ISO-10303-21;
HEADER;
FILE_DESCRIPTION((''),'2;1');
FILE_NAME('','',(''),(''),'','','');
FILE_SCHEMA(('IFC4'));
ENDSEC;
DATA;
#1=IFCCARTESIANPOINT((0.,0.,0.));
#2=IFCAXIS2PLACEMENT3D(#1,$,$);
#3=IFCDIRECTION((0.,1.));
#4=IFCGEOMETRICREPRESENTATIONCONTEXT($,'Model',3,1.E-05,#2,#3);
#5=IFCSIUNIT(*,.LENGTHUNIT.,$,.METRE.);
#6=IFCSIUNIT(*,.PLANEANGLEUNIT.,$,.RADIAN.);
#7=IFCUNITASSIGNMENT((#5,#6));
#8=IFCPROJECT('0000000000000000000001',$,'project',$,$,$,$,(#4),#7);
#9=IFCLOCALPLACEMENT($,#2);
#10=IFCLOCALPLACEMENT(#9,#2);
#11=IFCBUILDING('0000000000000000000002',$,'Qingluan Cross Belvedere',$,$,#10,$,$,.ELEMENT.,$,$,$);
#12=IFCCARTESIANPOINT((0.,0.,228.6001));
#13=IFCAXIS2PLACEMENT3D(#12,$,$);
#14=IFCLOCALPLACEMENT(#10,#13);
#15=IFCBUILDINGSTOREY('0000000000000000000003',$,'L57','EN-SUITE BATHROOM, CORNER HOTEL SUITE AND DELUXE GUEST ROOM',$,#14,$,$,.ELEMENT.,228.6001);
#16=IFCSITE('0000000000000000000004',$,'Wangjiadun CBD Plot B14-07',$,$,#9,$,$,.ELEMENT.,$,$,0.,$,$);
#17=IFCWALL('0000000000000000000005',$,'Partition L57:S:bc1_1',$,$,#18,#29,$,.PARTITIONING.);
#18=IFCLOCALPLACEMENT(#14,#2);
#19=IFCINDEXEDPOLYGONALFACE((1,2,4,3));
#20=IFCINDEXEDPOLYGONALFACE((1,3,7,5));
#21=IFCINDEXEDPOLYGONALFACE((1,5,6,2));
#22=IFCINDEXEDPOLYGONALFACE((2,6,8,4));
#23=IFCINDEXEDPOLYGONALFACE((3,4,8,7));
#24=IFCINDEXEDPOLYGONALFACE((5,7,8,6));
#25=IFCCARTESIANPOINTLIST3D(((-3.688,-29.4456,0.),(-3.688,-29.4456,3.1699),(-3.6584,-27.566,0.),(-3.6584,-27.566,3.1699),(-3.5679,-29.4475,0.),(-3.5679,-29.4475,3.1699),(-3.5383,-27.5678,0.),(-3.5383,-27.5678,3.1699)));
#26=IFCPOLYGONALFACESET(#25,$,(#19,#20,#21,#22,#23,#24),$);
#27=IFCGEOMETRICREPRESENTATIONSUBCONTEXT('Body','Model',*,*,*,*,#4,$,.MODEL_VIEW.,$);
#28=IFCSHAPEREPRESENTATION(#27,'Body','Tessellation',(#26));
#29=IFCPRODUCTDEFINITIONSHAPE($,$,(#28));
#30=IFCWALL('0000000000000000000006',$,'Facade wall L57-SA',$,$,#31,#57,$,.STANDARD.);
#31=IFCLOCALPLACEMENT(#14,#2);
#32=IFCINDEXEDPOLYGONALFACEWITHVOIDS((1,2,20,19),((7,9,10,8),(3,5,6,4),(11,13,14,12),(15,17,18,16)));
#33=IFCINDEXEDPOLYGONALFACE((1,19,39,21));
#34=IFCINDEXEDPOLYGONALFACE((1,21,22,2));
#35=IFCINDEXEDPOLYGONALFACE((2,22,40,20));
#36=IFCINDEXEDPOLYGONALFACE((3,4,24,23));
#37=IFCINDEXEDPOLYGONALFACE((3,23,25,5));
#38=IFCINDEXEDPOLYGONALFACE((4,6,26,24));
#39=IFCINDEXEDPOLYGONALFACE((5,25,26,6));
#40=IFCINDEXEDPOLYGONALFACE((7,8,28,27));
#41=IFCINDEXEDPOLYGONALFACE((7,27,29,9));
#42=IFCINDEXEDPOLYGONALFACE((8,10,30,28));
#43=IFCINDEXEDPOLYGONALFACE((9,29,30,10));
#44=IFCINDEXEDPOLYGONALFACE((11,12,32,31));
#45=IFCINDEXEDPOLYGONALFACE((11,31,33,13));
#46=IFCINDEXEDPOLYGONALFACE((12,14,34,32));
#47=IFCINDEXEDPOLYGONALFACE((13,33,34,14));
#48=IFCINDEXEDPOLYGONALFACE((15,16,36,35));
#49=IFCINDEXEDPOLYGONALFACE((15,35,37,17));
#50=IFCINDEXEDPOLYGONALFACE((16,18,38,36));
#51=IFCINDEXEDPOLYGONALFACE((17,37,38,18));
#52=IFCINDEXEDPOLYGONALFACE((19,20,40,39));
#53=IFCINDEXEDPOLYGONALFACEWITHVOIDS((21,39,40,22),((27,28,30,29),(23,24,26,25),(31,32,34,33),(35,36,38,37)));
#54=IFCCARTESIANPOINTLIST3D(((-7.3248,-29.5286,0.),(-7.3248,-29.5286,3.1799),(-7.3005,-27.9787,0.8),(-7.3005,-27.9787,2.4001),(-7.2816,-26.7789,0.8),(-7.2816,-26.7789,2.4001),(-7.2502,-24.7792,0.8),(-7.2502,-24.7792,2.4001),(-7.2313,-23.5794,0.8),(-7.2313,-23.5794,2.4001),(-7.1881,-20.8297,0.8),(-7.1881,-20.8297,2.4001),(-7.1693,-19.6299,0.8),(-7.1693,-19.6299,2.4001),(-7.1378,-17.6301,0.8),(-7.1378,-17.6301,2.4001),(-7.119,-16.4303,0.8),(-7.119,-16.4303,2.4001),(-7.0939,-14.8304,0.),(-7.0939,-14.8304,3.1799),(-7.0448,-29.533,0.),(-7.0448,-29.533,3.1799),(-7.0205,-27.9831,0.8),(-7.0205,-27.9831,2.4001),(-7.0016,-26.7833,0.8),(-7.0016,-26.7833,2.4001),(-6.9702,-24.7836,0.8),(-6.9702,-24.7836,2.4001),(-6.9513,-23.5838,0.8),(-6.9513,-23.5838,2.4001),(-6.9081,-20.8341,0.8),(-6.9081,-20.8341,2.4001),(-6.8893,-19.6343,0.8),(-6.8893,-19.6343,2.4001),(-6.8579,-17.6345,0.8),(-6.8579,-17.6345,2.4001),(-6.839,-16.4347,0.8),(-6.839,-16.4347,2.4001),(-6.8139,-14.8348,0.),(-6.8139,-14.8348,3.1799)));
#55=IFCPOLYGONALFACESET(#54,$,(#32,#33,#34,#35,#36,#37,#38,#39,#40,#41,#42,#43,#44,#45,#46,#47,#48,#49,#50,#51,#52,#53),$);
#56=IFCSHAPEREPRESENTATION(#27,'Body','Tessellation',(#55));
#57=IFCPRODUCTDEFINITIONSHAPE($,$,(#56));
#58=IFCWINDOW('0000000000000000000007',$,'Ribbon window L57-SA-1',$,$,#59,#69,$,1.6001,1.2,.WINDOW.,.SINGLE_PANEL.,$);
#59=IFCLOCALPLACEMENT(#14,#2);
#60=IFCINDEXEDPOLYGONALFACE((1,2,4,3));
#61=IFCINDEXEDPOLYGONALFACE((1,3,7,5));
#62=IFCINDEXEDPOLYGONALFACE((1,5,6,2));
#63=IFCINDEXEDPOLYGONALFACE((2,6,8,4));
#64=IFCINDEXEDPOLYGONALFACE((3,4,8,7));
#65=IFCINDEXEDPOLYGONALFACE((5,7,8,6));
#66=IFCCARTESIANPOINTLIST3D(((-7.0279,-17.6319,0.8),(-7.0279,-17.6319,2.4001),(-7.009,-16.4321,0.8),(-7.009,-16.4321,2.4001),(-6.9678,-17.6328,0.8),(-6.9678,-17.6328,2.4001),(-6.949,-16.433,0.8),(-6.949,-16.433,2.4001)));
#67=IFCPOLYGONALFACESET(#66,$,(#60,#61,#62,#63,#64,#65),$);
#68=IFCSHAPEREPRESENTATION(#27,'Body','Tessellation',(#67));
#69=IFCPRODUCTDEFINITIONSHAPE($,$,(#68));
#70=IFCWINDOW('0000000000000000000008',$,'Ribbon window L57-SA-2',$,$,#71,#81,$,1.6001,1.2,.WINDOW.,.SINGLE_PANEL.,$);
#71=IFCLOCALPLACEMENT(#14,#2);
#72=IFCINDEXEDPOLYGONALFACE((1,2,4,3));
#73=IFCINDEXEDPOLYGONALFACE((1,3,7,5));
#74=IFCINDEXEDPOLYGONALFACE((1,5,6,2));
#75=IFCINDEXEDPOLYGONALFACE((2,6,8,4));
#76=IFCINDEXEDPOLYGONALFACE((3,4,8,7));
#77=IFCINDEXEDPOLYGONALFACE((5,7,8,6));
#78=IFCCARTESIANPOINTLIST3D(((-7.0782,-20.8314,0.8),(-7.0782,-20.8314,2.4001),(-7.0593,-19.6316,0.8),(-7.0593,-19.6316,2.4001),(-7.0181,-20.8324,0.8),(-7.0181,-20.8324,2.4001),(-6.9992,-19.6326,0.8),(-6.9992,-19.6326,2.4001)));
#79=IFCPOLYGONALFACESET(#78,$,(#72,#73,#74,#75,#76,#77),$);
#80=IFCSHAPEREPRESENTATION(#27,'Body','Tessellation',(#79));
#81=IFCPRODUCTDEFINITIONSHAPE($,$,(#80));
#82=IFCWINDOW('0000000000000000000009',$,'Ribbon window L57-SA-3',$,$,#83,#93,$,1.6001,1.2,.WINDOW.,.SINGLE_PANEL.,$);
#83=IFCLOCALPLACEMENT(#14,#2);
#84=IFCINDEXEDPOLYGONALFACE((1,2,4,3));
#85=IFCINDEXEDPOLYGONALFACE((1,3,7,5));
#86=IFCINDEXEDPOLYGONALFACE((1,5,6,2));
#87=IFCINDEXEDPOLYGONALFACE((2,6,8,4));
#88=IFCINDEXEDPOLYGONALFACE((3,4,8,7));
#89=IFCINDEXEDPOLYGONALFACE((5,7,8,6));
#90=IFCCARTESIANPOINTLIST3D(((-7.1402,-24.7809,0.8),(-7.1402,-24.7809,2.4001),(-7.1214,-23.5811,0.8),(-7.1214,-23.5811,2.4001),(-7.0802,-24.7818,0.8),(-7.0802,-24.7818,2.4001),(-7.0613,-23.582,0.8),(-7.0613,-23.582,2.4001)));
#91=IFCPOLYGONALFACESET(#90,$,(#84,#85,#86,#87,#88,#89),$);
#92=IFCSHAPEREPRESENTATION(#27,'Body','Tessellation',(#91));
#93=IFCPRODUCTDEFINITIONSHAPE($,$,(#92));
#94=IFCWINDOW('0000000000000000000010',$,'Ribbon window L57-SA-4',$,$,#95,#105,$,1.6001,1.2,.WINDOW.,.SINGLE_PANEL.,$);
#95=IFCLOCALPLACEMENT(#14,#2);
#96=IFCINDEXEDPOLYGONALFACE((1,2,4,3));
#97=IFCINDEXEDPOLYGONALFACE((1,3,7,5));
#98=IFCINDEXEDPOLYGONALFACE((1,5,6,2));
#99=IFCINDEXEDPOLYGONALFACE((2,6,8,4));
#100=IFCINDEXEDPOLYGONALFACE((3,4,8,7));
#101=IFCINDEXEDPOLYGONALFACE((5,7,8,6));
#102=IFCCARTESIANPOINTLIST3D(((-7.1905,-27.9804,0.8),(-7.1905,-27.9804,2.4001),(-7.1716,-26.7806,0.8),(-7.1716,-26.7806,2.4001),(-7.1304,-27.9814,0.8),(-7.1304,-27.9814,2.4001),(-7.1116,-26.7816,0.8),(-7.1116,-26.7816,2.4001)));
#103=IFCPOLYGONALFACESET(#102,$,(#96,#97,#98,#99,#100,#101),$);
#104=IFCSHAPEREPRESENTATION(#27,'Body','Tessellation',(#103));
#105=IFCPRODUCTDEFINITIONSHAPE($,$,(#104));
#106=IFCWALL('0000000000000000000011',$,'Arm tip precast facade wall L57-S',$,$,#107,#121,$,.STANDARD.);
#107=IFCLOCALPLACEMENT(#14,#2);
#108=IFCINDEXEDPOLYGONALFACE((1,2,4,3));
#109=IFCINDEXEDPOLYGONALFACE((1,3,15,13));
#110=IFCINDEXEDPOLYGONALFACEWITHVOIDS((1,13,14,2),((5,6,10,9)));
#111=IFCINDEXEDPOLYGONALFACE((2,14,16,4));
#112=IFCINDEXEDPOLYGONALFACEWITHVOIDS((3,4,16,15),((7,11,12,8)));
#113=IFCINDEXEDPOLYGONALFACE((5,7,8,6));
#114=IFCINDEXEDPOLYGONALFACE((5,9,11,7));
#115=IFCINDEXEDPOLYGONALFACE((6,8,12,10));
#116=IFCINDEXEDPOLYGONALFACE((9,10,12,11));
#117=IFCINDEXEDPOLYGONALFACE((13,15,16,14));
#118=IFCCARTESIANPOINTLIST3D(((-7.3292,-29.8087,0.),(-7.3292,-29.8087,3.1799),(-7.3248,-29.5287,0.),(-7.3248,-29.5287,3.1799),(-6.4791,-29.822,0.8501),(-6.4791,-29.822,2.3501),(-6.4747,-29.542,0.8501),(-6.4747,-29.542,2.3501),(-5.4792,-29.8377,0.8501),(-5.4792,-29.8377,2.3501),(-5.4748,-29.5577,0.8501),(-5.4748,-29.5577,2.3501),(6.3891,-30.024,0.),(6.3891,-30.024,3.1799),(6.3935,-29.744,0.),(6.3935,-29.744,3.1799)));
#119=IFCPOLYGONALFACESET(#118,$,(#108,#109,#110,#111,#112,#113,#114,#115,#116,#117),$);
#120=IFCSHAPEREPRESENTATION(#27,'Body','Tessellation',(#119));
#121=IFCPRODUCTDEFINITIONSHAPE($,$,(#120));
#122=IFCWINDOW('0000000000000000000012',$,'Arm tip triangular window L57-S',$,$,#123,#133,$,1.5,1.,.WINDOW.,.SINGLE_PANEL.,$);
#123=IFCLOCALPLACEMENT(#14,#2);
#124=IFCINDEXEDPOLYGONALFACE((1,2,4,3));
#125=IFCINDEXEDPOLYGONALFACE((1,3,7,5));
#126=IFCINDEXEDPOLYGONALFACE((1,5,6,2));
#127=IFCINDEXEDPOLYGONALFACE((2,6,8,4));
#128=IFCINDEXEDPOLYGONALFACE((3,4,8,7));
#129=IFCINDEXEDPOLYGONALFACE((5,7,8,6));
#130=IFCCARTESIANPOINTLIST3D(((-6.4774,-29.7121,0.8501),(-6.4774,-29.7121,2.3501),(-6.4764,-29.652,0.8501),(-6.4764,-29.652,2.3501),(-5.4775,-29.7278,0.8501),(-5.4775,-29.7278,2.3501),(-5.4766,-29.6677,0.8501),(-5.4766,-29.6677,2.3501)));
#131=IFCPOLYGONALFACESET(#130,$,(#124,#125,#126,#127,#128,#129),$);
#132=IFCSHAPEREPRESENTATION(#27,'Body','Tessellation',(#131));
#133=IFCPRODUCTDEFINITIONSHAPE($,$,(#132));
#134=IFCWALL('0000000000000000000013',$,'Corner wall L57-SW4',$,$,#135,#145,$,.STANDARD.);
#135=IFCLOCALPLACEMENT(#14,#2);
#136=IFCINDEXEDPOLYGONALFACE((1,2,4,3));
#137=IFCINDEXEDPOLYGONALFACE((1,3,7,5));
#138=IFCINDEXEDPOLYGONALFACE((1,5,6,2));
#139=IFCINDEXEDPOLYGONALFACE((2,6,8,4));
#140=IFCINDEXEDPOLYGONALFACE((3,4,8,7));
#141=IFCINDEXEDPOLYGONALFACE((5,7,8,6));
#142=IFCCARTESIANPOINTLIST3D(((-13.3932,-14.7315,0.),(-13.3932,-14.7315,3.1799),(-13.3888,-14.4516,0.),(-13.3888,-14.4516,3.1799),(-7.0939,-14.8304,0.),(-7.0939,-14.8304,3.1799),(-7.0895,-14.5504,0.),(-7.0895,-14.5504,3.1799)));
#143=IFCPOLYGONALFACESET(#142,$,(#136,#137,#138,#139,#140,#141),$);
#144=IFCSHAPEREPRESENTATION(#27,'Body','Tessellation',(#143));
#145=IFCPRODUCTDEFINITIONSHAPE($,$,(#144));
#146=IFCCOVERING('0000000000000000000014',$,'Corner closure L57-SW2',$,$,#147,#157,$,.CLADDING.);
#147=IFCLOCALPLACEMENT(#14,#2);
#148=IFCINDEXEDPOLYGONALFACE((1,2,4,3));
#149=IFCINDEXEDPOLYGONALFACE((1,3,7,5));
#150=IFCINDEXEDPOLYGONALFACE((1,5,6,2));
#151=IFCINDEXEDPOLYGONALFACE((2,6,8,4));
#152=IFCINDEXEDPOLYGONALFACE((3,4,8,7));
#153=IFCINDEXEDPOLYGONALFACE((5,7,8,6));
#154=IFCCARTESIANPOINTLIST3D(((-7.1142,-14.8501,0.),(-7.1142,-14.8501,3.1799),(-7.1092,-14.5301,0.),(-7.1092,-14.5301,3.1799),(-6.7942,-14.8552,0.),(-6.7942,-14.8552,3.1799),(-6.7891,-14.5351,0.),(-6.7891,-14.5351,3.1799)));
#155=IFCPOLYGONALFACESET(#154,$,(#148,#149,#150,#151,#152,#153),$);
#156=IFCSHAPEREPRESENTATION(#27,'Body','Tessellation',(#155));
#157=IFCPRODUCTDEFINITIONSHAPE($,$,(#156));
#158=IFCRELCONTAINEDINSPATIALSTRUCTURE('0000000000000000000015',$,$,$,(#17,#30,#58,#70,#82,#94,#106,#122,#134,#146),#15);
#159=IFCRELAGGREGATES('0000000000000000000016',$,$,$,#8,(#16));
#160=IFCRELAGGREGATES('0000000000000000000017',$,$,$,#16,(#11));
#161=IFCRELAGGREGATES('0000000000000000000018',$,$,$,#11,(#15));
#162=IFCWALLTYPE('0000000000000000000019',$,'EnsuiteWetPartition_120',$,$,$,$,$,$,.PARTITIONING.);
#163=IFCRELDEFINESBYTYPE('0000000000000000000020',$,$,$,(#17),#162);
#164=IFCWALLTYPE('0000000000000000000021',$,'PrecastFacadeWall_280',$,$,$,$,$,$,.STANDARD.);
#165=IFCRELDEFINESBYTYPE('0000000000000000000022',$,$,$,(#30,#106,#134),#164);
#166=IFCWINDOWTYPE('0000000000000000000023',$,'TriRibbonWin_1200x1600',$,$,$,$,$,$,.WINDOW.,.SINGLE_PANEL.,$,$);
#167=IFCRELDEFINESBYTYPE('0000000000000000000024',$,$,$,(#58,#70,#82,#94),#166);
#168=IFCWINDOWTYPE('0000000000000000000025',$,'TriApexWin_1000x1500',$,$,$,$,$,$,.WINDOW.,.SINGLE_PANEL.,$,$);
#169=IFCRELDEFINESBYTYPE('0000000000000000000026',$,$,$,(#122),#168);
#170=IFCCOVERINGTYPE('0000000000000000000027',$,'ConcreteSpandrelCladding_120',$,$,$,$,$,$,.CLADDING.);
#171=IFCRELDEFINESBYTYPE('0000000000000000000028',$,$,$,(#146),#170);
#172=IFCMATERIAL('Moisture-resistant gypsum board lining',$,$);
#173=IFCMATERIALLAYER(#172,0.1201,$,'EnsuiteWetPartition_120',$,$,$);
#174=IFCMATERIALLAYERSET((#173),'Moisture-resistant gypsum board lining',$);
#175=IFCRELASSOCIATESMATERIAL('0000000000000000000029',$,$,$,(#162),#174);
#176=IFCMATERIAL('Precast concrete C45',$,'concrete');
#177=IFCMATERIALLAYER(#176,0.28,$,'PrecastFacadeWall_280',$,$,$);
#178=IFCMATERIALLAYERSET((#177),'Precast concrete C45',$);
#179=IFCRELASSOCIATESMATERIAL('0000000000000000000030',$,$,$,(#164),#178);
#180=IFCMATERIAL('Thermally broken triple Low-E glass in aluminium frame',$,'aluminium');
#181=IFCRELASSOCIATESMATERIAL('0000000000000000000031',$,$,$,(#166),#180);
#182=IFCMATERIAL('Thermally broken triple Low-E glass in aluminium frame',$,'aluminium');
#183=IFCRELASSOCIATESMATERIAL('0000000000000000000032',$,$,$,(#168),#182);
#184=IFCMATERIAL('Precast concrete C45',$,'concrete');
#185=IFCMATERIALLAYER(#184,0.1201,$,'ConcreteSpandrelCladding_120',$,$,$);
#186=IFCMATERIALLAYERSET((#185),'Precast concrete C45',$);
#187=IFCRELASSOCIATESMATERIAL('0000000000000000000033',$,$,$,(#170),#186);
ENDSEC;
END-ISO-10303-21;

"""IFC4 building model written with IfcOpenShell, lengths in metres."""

from ifc_helpers import new_model, si_unit, direction, frame, frame_2d, origin, origin_2d, place, context, subcontext, project, spatial, rectangle, extrude, material, layer, layer_set, type_object, element, fill, save


model = new_model("IFC4")

# Units and contexts
model_context = context("Model", 3, precision=1e-05, world=origin(), true_north=direction((0.0, 1.0)))
body_context = subcontext(model_context, "Body", "Model", "MODEL_VIEW")
ifc_project = project(units=[si_unit("LENGTHUNIT", "METRE"), si_unit("PLANEANGLEUNIT", "RADIAN")], contexts=[model_context])

# Site, building, storey
site_placement = place(None, origin())
site = spatial("IfcSite", under=ifc_project, at=site_placement, Name="Wangjiadun CBD Plot B14-07", CompositionType="ELEMENT", RefElevation=0.0)
building_placement = place(site_placement, origin())
building = spatial("IfcBuilding", under=site, at=building_placement, Name="Qingluan Cross Belvedere", CompositionType="ELEMENT")
storey_placement = place(building_placement, frame((0.0, 0.0, 228.6001)))
storey = spatial("IfcBuildingStorey", under=building, at=storey_placement, Name="L57", Description="EN-SUITE BATHROOM, CORNER HOTEL SUITE AND DELUXE GUEST ROOM", CompositionType="ELEMENT", Elevation=228.6001)

# Shared definitions
ifc_material_1 = material(Name="Moisture-resistant gypsum board lining")
ifc_layer_1 = layer(ifc_material_1, 0.1201, Name="EnsuiteWetPartition_120")
ifc_layer_set_1 = layer_set([ifc_layer_1], Name="Moisture-resistant gypsum board lining")
wall_type_1 = type_object("IfcWallType", Name="EnsuiteWetPartition_120", PredefinedType="PARTITIONING", material=ifc_layer_set_1)

# Wall
wall_1_placement = place(storey_placement, frame((-3.5984, -27.5669, 0.0), z_axis=(0.0, 0.0, 1.0), x_axis=(-0.015714, -0.999877, 0.0)))
element("IfcWall", 1, at=wall_1_placement, inside=storey, type_object=wall_type_1, Name="Partition L57:S:bc1_1", PredefinedType="PARTITIONING", context=body_context, shape_type="SweptSolid", body=[
    extrude(rectangle(XDim=1.8799, YDim=0.1201, at=frame_2d((0.9399, 0.0))), origin(), (0.0, 0.0, 1.0), 3.1699),
])

# Wall, openings, windows
ifc_material_2 = material(Name="Precast concrete C45", Category="concrete")
ifc_layer_2 = layer(ifc_material_2, 0.28, Name="PrecastFacadeWall_280")
ifc_layer_set_2 = layer_set([ifc_layer_2], Name="Precast concrete C45")
wall_type_2 = type_object("IfcWallType", Name="PrecastFacadeWall_280", PredefinedType="STANDARD", material=ifc_layer_set_2)
wall_2_placement = place(storey_placement, frame((-6.9539, -14.8325, 0.0), z_axis=(0.0, 0.0, 1.0), x_axis=(-0.015711, -0.999877, 0.0)))
wall_2 = element("IfcWall", 2, at=wall_2_placement, inside=storey, type_object=wall_type_2, Name="Facade wall L57-SA", PredefinedType="STANDARD", context=body_context, shape_type="SweptSolid", body=[
    extrude(rectangle(XDim=14.7, YDim=0.28, at=frame_2d((7.3501, 0.0))), origin(), (0.0, 0.0, 1.0), 3.1799),
])
opening_1_placement = place(wall_2_placement, frame((1.6001, 0.0, 0.8)))
opening_1 = element("IfcOpeningElement", 3, at=opening_1_placement, cuts=wall_2, PredefinedType="OPENING", context=body_context, shape_type="SweptSolid", body=[
    extrude(rectangle(XDim=1.2, YDim=1.6001, at=frame_2d((0.6001, 0.8))), frame((0.0, 0.1499, 0.0), z_axis=(0.0, -1.0, 0.0), x_axis=(1.0, 0.0, 0.0)), (0.0, 0.0, 1.0), 0.3),
])
opening_2_placement = place(wall_2_placement, frame((4.8, 0.0, 0.8)))
opening_2 = element("IfcOpeningElement", 4, at=opening_2_placement, cuts=wall_2, PredefinedType="OPENING", context=body_context, shape_type="SweptSolid", body=[
    extrude(rectangle(XDim=1.2, YDim=1.6001, at=frame_2d((0.6001, 0.8))), frame((0.0, 0.1499, 0.0), z_axis=(0.0, -1.0, 0.0), x_axis=(1.0, 0.0, 0.0)), (0.0, 0.0, 1.0), 0.3),
])
opening_3_placement = place(wall_2_placement, frame((8.75, 0.0, 0.8)))
opening_3 = element("IfcOpeningElement", 5, at=opening_3_placement, cuts=wall_2, PredefinedType="OPENING", context=body_context, shape_type="SweptSolid", body=[
    extrude(rectangle(XDim=1.2, YDim=1.6001, at=frame_2d((0.6001, 0.8))), frame((0.0, 0.1499, 0.0), z_axis=(0.0, -1.0, 0.0), x_axis=(1.0, 0.0, 0.0)), (0.0, 0.0, 1.0), 0.3),
])
opening_4_placement = place(wall_2_placement, frame((11.95, 0.0, 0.8)))
opening_4 = element("IfcOpeningElement", 6, at=opening_4_placement, cuts=wall_2, PredefinedType="OPENING", context=body_context, shape_type="SweptSolid", body=[
    extrude(rectangle(XDim=1.2, YDim=1.6001, at=frame_2d((0.6001, 0.8))), frame((0.0, 0.1499, 0.0), z_axis=(0.0, -1.0, 0.0), x_axis=(1.0, 0.0, 0.0)), (0.0, 0.0, 1.0), 0.3),
])
ifc_material_3 = material(Name="Thermally broken triple Low-E glass in aluminium frame", Category="aluminium")
window_type_1 = type_object("IfcWindowType", Name="TriRibbonWin_1200x1600", PartitioningType="SINGLE_PANEL", PredefinedType="WINDOW", material=ifc_material_3)
window_1_placement = place(opening_1_placement, origin())
window_1 = element("IfcWindow", 7, at=window_1_placement, inside=storey, type_object=window_type_1, Name="Ribbon window L57-SA-1", OverallHeight=1.6001, OverallWidth=1.2, PartitioningType="SINGLE_PANEL", PredefinedType="WINDOW", context=body_context, shape_type="SweptSolid", body=[
    extrude(rectangle(XDim=1.2, YDim=1.6001, at=frame_2d((0.6001, 0.8))), frame((0.0, 0.03, 0.0), z_axis=(0.0, -1.0, 0.0), x_axis=(1.0, 0.0, 0.0)), (0.0, 0.0, 1.0), 0.0601),
])
fill(opening_1, window_1)
window_2_placement = place(opening_2_placement, origin())
window_2 = element("IfcWindow", 8, at=window_2_placement, inside=storey, type_object=window_type_1, Name="Ribbon window L57-SA-2", OverallHeight=1.6001, OverallWidth=1.2, PartitioningType="SINGLE_PANEL", PredefinedType="WINDOW", context=body_context, shape_type="SweptSolid", body=[
    extrude(rectangle(XDim=1.2, YDim=1.6001, at=frame_2d((0.6001, 0.8))), frame((0.0, 0.03, 0.0), z_axis=(0.0, -1.0, 0.0), x_axis=(1.0, 0.0, 0.0)), (0.0, 0.0, 1.0), 0.0601),
])
fill(opening_2, window_2)
window_3_placement = place(opening_3_placement, origin())
window_3 = element("IfcWindow", 9, at=window_3_placement, inside=storey, type_object=window_type_1, Name="Ribbon window L57-SA-3", OverallHeight=1.6001, OverallWidth=1.2, PartitioningType="SINGLE_PANEL", PredefinedType="WINDOW", context=body_context, shape_type="SweptSolid", body=[
    extrude(rectangle(XDim=1.2, YDim=1.6001, at=frame_2d((0.6001, 0.8))), frame((0.0, 0.03, 0.0), z_axis=(0.0, -1.0, 0.0), x_axis=(1.0, 0.0, 0.0)), (0.0, 0.0, 1.0), 0.0601),
])
fill(opening_3, window_3)
window_4_placement = place(opening_4_placement, origin())
window_4 = element("IfcWindow", 10, at=window_4_placement, inside=storey, type_object=window_type_1, Name="Ribbon window L57-SA-4", OverallHeight=1.6001, OverallWidth=1.2, PartitioningType="SINGLE_PANEL", PredefinedType="WINDOW", context=body_context, shape_type="SweptSolid", body=[
    extrude(rectangle(XDim=1.2, YDim=1.6001, at=frame_2d((0.6001, 0.8))), frame((0.0, 0.03, 0.0), z_axis=(0.0, -1.0, 0.0), x_axis=(1.0, 0.0, 0.0)), (0.0, 0.0, 1.0), 0.0601),
])
fill(opening_4, window_4)

# Wall, opening, window
wall_3_placement = place(storey_placement, frame((-7.3269, -29.6687, 0.0), z_axis=(0.0, 0.0, 1.0), x_axis=(0.999877, -0.015695, 0.0)))
wall_3 = element("IfcWall", 11, at=wall_3_placement, inside=storey, type_object=wall_type_2, Name="Arm tip precast facade wall L57-S", PredefinedType="STANDARD", context=body_context, shape_type="SweptSolid", body=[
    extrude(rectangle(XDim=13.72, YDim=0.28, at=frame_2d((6.8599, 0.0))), origin(), (0.0, 0.0, 1.0), 3.1799),
])
opening_5_placement = place(wall_3_placement, frame((0.8501, 0.0, 0.8501)))
opening_5 = element("IfcOpeningElement", 12, at=opening_5_placement, cuts=wall_3, PredefinedType="OPENING", context=body_context, shape_type="SweptSolid", body=[
    extrude(rectangle(XDim=1.0, YDim=1.5, at=frame_2d((0.5, 0.75))), frame((0.0, 0.1499, 0.0), z_axis=(0.0, -1.0, 0.0), x_axis=(1.0, 0.0, 0.0)), (0.0, 0.0, 1.0), 0.3),
])
ifc_material_4 = material(Name="Thermally broken triple Low-E glass in aluminium frame", Category="aluminium")
window_type_2 = type_object("IfcWindowType", Name="TriApexWin_1000x1500", PartitioningType="SINGLE_PANEL", PredefinedType="WINDOW", material=ifc_material_4)
window_5_placement = place(opening_5_placement, origin())
window_5 = element("IfcWindow", 13, at=window_5_placement, inside=storey, type_object=window_type_2, Name="Arm tip triangular window L57-S", OverallHeight=1.5, OverallWidth=1.0, PartitioningType="SINGLE_PANEL", PredefinedType="WINDOW", context=body_context, shape_type="SweptSolid", body=[
    extrude(rectangle(XDim=1.0, YDim=1.5, at=frame_2d((0.5, 0.75))), frame((0.0, 0.03, 0.0), z_axis=(0.0, -1.0, 0.0), x_axis=(1.0, 0.0, 0.0)), (0.0, 0.0, 1.0), 0.0601),
])
fill(opening_5, window_5)

# Wall
wall_4_placement = place(storey_placement, frame((-13.3909, -14.5916, 0.0), z_axis=(0.0, 0.0, 1.0), x_axis=(0.999877, -0.015695, 0.0)))
element("IfcWall", 14, at=wall_4_placement, inside=storey, type_object=wall_type_2, Name="Corner wall L57-SW4", PredefinedType="STANDARD", context=body_context, shape_type="SweptSolid", body=[
    extrude(rectangle(XDim=6.3, YDim=0.28, at=frame_2d((3.1499, 0.0))), origin(), (0.0, 0.0, 1.0), 3.1799),
])

# Covering
ifc_material_5 = material(Name="Precast concrete C45", Category="concrete")
ifc_layer_3 = layer(ifc_material_5, 0.1201, Name="ConcreteSpandrelCladding_120")
ifc_layer_set_3 = layer_set([ifc_layer_3], Name="Precast concrete C45")
covering_type = type_object("IfcCoveringType", Name="ConcreteSpandrelCladding_120", PredefinedType="CLADDING", material=ifc_layer_set_3)
covering_placement = place(storey_placement, frame((-6.9517, -14.6926, 0.0), z_axis=(0.0, 0.0, 1.0), x_axis=(0.999877, -0.015707, 0.0)))
element("IfcCovering", 15, at=covering_placement, inside=storey, type_object=covering_type, Name="Corner closure L57-SW2", PredefinedType="CLADDING", context=body_context, shape_type="SweptSolid", body=[
    extrude(rectangle(XDim=0.3201, YDim=0.3201, at=origin_2d()), origin(), (0.0, 0.0, 1.0), 3.1799),
])

save(model, "model.ifc")
